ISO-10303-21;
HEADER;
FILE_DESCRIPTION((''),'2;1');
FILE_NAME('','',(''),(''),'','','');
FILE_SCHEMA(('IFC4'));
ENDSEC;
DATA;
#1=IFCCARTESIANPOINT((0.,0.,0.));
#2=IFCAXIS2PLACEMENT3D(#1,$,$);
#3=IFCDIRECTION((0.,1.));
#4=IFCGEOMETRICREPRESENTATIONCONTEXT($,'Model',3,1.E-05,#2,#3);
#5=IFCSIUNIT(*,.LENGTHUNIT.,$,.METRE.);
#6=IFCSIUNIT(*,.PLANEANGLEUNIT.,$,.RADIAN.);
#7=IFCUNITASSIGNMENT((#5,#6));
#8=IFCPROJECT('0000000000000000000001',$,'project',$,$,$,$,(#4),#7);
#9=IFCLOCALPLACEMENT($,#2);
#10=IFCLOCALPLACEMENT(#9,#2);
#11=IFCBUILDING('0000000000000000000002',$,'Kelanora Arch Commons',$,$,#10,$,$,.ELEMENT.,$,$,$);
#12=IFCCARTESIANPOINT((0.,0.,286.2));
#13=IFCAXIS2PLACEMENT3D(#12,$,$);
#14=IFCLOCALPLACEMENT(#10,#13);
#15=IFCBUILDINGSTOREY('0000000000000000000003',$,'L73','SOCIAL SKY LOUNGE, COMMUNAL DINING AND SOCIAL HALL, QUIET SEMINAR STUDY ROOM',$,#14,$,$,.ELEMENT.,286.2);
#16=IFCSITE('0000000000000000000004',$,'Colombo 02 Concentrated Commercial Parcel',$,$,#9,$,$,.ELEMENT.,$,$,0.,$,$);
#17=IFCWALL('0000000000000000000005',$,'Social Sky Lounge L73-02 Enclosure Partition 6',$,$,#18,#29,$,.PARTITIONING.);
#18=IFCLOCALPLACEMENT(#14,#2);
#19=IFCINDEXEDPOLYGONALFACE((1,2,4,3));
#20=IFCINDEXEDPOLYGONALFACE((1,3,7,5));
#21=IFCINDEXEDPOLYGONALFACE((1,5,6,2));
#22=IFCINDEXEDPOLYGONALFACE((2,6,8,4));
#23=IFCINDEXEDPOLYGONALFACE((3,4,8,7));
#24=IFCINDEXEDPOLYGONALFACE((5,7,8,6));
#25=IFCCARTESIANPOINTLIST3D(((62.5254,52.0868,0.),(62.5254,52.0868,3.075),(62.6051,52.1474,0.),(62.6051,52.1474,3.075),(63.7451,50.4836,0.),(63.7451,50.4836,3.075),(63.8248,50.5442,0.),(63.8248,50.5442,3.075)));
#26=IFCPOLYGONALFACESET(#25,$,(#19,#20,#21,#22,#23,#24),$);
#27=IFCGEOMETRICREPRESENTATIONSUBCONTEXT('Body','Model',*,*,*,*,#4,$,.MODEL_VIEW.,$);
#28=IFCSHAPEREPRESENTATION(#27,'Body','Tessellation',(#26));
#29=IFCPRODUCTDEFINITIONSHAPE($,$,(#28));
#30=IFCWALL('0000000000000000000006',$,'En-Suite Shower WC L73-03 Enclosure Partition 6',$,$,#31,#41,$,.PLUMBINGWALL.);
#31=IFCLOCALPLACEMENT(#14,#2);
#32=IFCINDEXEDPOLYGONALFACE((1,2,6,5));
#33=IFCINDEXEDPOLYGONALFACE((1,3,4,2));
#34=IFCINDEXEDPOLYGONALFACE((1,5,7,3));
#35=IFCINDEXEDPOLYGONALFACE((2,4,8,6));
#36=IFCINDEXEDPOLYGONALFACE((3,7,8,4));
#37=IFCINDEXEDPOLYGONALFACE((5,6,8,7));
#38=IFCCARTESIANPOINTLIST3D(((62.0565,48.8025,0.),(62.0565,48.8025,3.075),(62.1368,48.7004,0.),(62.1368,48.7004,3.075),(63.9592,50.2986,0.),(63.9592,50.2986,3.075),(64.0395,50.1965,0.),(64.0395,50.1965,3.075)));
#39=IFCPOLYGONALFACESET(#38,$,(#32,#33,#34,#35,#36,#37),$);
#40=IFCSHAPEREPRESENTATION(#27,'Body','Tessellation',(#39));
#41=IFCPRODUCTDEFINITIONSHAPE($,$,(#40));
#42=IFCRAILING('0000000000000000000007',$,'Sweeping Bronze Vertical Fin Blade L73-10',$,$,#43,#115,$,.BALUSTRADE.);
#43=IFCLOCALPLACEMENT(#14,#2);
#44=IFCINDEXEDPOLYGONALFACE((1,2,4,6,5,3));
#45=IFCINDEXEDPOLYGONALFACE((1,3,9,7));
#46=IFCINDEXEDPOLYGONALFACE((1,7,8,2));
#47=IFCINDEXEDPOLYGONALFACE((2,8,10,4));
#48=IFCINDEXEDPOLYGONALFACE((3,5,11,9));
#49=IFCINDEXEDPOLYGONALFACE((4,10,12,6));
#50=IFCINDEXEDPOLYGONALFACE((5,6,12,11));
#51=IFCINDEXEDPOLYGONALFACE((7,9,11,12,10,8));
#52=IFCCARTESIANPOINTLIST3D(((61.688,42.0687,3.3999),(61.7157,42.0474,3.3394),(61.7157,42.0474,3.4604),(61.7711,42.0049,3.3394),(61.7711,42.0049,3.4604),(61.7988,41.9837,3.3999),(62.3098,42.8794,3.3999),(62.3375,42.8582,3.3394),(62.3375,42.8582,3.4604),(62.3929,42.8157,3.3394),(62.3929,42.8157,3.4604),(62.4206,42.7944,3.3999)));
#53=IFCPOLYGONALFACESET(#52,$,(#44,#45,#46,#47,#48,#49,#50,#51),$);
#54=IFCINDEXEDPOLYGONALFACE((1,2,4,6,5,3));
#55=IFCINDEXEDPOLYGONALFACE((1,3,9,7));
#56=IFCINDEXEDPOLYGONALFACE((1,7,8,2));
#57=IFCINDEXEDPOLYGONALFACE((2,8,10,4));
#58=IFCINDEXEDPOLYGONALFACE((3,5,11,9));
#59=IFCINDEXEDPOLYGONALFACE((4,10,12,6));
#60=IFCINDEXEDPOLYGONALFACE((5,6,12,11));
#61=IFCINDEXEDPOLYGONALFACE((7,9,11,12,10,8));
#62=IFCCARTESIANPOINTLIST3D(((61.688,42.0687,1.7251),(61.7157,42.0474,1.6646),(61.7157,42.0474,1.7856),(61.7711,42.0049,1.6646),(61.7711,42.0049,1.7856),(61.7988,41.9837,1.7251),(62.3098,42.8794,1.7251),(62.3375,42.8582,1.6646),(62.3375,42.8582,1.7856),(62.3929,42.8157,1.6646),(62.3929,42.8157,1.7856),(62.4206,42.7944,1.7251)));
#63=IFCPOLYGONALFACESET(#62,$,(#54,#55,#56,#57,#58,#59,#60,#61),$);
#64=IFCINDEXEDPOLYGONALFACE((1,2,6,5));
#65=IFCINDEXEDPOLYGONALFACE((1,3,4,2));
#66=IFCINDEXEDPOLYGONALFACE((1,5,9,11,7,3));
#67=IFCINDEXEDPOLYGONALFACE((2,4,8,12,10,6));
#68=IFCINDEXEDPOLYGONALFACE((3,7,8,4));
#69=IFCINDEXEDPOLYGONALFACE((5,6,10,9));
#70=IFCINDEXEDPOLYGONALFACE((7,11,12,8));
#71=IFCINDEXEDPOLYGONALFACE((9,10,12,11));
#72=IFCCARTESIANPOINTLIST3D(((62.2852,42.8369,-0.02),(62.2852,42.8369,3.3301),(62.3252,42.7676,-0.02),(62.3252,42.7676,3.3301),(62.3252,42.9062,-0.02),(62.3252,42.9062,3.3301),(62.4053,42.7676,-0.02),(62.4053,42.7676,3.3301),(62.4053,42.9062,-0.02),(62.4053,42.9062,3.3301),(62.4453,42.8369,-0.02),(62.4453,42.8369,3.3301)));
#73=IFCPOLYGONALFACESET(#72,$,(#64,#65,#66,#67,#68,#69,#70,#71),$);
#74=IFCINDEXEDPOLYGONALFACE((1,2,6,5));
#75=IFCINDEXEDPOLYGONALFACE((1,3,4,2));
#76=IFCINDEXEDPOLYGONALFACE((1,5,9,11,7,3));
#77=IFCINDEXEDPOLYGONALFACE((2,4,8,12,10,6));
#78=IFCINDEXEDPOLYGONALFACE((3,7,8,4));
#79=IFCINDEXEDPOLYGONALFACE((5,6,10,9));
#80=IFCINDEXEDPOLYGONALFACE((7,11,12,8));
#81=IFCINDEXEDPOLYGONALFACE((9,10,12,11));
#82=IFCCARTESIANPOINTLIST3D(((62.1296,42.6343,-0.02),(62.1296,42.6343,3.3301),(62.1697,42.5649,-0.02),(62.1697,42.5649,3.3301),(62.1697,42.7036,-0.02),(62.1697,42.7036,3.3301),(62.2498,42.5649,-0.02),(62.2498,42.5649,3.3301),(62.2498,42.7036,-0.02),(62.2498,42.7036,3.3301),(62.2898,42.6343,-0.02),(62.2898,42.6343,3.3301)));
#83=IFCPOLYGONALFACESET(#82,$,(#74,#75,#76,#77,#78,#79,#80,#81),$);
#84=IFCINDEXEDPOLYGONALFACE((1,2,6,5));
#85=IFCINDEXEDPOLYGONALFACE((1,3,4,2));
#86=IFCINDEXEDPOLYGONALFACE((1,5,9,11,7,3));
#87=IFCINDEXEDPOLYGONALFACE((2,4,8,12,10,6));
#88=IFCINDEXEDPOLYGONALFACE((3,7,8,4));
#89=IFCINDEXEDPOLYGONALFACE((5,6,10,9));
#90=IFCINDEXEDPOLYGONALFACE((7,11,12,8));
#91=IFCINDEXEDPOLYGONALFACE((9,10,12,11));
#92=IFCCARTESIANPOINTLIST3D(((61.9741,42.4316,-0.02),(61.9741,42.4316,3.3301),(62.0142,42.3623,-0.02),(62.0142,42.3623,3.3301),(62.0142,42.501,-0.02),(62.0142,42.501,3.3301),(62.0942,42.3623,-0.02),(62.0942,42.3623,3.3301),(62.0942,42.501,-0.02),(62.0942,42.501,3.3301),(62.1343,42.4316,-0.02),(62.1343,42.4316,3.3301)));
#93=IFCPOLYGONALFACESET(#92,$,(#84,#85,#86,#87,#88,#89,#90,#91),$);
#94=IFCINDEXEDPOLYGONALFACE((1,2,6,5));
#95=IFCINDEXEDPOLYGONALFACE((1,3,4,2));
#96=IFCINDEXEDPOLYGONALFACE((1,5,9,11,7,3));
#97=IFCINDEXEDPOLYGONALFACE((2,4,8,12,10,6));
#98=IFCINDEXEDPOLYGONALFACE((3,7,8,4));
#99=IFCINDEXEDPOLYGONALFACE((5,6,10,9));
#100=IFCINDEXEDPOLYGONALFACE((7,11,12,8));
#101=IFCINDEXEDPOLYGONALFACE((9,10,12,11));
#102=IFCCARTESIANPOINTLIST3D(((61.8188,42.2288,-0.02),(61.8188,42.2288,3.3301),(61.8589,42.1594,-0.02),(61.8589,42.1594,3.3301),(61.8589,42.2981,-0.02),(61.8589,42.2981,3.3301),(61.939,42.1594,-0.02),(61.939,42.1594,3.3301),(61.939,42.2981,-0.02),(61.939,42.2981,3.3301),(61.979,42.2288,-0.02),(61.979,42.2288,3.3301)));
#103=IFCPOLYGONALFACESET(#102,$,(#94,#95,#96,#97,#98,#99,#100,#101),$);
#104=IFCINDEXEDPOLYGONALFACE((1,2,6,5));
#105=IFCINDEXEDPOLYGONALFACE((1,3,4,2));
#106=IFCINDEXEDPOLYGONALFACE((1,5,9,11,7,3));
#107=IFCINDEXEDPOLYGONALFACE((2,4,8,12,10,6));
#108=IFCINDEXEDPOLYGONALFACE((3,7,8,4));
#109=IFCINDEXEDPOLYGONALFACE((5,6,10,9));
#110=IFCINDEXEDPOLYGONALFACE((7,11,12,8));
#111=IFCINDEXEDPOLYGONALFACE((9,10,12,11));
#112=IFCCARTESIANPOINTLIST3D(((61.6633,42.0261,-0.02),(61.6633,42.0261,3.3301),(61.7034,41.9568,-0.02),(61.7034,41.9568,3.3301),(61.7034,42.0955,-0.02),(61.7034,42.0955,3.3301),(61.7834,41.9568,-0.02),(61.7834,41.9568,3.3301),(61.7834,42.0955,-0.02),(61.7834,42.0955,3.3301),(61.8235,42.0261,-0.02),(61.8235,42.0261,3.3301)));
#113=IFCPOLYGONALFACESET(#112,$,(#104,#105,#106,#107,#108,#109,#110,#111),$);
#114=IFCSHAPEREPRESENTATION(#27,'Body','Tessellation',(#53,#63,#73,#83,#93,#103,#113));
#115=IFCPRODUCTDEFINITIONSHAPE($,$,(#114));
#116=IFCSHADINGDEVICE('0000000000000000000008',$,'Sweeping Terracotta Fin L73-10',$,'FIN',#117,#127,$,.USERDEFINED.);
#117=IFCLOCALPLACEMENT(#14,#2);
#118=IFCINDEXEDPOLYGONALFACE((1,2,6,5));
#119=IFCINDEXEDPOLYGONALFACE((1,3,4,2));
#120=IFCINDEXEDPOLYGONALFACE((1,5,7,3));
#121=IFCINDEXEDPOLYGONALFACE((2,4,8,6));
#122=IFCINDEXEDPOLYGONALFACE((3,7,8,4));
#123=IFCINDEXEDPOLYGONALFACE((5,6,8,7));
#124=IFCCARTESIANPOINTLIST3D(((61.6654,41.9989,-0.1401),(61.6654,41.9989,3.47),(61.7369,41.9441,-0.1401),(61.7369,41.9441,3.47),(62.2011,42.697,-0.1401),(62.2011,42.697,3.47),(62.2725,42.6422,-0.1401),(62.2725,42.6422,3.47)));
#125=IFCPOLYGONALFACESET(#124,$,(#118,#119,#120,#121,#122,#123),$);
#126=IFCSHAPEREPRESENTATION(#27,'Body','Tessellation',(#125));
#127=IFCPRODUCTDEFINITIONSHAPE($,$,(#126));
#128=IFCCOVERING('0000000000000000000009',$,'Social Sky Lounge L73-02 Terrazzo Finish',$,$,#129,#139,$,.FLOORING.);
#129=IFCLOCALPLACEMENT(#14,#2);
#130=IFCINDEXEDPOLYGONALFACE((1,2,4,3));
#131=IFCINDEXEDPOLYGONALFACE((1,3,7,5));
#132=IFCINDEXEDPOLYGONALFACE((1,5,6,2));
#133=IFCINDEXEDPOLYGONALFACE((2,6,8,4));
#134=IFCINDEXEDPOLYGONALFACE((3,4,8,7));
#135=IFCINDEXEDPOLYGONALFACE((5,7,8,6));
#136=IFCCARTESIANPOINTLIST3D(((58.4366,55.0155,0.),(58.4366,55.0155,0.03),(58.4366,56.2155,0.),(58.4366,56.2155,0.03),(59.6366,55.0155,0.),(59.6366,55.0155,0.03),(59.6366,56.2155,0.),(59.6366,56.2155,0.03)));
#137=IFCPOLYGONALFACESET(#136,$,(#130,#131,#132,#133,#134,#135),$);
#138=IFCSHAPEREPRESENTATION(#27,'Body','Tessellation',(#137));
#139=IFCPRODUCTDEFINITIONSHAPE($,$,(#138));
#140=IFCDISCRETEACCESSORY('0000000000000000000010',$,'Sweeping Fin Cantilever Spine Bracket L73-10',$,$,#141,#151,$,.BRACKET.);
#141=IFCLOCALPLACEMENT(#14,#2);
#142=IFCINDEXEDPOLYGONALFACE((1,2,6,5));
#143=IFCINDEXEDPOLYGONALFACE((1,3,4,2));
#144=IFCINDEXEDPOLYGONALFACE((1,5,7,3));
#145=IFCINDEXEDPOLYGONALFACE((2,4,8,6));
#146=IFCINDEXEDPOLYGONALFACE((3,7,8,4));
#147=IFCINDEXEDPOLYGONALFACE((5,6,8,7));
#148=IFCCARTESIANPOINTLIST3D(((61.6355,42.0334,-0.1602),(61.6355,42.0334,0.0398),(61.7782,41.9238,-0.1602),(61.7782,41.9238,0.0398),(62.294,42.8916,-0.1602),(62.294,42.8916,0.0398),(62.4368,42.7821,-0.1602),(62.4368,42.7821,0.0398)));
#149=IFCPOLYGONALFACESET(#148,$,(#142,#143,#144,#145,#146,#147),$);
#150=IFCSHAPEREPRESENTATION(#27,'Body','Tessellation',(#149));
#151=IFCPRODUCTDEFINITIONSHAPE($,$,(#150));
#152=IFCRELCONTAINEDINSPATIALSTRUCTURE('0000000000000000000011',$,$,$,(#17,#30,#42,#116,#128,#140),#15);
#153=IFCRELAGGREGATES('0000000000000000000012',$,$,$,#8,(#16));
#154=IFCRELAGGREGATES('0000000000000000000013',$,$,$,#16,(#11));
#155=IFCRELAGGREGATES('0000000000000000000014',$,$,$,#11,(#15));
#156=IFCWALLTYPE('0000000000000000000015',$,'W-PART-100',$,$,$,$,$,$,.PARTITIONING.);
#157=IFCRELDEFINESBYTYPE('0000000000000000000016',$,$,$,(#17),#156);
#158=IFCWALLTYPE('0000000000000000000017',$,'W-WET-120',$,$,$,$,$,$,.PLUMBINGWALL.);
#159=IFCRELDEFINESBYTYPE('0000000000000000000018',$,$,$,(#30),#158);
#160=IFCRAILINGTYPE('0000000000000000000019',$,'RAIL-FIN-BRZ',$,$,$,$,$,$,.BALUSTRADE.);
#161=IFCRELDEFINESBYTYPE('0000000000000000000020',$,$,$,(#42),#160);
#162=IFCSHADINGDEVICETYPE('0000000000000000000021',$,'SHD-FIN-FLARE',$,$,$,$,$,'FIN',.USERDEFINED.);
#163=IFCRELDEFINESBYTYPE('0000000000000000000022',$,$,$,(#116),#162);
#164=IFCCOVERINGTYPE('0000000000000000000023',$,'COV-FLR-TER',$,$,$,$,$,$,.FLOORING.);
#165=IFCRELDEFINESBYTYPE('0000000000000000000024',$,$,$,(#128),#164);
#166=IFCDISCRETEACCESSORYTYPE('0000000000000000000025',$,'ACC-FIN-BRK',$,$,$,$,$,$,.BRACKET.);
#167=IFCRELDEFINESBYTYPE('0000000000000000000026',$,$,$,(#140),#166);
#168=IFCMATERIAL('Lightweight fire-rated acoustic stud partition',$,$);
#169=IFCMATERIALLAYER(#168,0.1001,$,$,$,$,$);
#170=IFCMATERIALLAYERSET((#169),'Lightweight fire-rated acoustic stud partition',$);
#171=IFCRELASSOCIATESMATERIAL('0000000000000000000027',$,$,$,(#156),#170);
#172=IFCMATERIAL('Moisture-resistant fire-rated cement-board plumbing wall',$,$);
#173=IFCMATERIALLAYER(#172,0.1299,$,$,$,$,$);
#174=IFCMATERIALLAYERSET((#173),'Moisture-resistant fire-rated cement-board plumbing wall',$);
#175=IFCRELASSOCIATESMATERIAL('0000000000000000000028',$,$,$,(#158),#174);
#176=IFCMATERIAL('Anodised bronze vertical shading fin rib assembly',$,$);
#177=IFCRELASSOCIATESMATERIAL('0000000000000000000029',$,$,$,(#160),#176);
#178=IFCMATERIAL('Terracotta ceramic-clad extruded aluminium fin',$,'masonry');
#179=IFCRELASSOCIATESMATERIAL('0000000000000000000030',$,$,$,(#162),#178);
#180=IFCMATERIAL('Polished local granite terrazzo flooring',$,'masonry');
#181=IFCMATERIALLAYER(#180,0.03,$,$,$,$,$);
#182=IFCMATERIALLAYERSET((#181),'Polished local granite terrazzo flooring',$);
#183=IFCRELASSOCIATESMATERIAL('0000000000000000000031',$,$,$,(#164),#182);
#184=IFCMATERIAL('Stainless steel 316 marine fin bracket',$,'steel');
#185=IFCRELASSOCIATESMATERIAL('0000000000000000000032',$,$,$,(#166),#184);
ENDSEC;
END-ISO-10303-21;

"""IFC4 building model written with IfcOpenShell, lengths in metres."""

from ifc_helpers import new_model, si_unit, direction, frame, frame_2d, origin, origin_2d, place, context, subcontext, project, spatial, polyline, rectangle, outline, extrude, source, transform, mapped, material, layer, layer_set, type_object, element, save


model = new_model("IFC4")

# Units and contexts
model_context = context("Model", 3, precision=1e-05, world=origin(), true_north=direction((0.0, 1.0)))
body_context = subcontext(model_context, "Body", "Model", "MODEL_VIEW")
ifc_project = project(units=[si_unit("LENGTHUNIT", "METRE"), si_unit("PLANEANGLEUNIT", "RADIAN")], contexts=[model_context])

# Site, building, storey
site_placement = place(None, origin())
site = spatial("IfcSite", under=ifc_project, at=site_placement, Name="Colombo 02 Concentrated Commercial Parcel", CompositionType="ELEMENT", RefElevation=0.0)
building_placement = place(site_placement, origin())
building = spatial("IfcBuilding", under=site, at=building_placement, Name="Kelanora Arch Commons", CompositionType="ELEMENT")
storey_placement = place(building_placement, frame((0.0, 0.0, 286.2)))
storey = spatial("IfcBuildingStorey", under=building, at=storey_placement, Name="L73", Description="SOCIAL SKY LOUNGE, COMMUNAL DINING AND SOCIAL HALL, QUIET SEMINAR STUDY ROOM", CompositionType="ELEMENT", Elevation=286.2)

# Walls
ifc_material_1 = material(Name="Lightweight fire-rated acoustic stud partition")
ifc_layer_1 = layer(ifc_material_1, 0.1001)
ifc_layer_set_1 = layer_set([ifc_layer_1], Name="Lightweight fire-rated acoustic stud partition")
wall_type_1 = type_object("IfcWallType", Name="W-PART-100", PredefinedType="PARTITIONING", material=ifc_layer_set_1)
wall_1_placement = place(storey_placement, frame((62.5652, 52.1172, 0.0), z_axis=(0.0, 0.0, 1.0), x_axis=(0.605473, -0.795866, 0.0)))
element("IfcWall", 1, at=wall_1_placement, inside=storey, type_object=wall_type_1, Name="Social Sky Lounge L73-02 Enclosure Partition 6", PredefinedType="PARTITIONING", context=body_context, shape_type="SweptSolid", body=[
    extrude(rectangle(XDim=2.0144, YDim=0.1001, at=frame_2d((1.0073, 0.0))), origin(), (0.0, 0.0, 1.0), 3.075),
])
ifc_material_2 = material(Name="Moisture-resistant fire-rated cement-board plumbing wall")
ifc_layer_2 = layer(ifc_material_2, 0.1299)
ifc_layer_set_2 = layer_set([ifc_layer_2], Name="Moisture-resistant fire-rated cement-board plumbing wall")
wall_type_2 = type_object("IfcWallType", Name="W-WET-120", PredefinedType="PLUMBINGWALL", material=ifc_layer_set_2)
wall_2_placement = place(storey_placement, frame((62.0967, 48.7515, 0.0), z_axis=(0.0, 0.0, 1.0), x_axis=(0.786077, 0.618129, 0.0)))
element("IfcWall", 2, at=wall_2_placement, inside=storey, type_object=wall_type_2, Name="En-Suite Shower WC L73-03 Enclosure Partition 6", PredefinedType="PLUMBINGWALL", context=body_context, shape_type="SweptSolid", body=[
    extrude(rectangle(XDim=2.4204, YDim=0.1299, at=frame_2d((1.2102, 0.0))), origin(), (0.0, 0.0, 1.0), 3.075),
])

# Railing
ifc_material_3 = material(Name="Anodised bronze vertical shading fin rib assembly")
railing_type = type_object("IfcRailingType", Name="RAIL-FIN-BRZ", PredefinedType="BALUSTRADE", material=ifc_material_3)
railing_placement = place(storey_placement, frame((62.3652, 42.8369, -0.02)))
element("IfcRailing", 3, at=railing_placement, inside=storey, type_object=railing_type, Name="Sweeping Bronze Vertical Fin Blade L73-10", PredefinedType="BALUSTRADE", context=body_context, shape_type="SweptSolid", body=[
    extrude(outline(polyline([(0.0698, 0.0), (0.0349, 0.0605), (-0.0349, 0.0605), (-0.0698, 0.0), (-0.0349, -0.0605), (0.0349, -0.0605), (0.0698, 0.0)])), frame((0.0, 0.0, 3.4199), z_axis=(-0.608567, -0.793503, 0.0), x_axis=(0.793503, -0.608567, 0.0)), (0.0, 0.0, 1.0), 1.0217),
    extrude(outline(polyline([(0.0698, 0.0), (0.0349, 0.0605), (-0.0349, 0.0605), (-0.0698, 0.0), (-0.0349, -0.0605), (0.0349, -0.0605), (0.0698, 0.0)])), frame((0.0, 0.0, 1.7451), z_axis=(-0.608567, -0.793503, 0.0), x_axis=(0.793503, -0.608567, 0.0)), (0.0, 0.0, 1.0), 1.0217),
    extrude(outline(polyline([(0.0801, 0.0), (0.04, 0.0693), (-0.04, 0.0693), (-0.0801, 0.0), (-0.04, -0.0693), (0.04, -0.0693), (0.0801, 0.0)])), origin(), (0.0, 0.0, 1.0), 3.3501),
    extrude(outline(polyline([(0.0801, 0.0), (0.04, 0.0693), (-0.04, 0.0693), (-0.0801, 0.0), (-0.04, -0.0693), (0.04, -0.0693), (0.0801, 0.0)])), frame((-0.1555, -0.2026, 0.0)), (0.0, 0.0, 1.0), 3.3501),
    extrude(outline(polyline([(0.0801, 0.0), (0.04, 0.0693), (-0.04, 0.0693), (-0.0801, 0.0), (-0.04, -0.0693), (0.04, -0.0693), (0.0801, 0.0)])), frame((-0.311, -0.4053, 0.0)), (0.0, 0.0, 1.0), 3.3501),
    extrude(outline(polyline([(0.0801, 0.0), (0.04, 0.0693), (-0.04, 0.0693), (-0.0801, 0.0), (-0.04, -0.0693), (0.04, -0.0693), (0.0801, 0.0)])), frame((-0.4663, -0.6082, 0.0)), (0.0, 0.0, 1.0), 3.3501),
    extrude(outline(polyline([(0.0801, 0.0), (0.04, 0.0693), (-0.04, 0.0693), (-0.0801, 0.0), (-0.04, -0.0693), (0.04, -0.0693), (0.0801, 0.0)])), frame((-0.6218, -0.8108, 0.0)), (0.0, 0.0, 1.0), 3.3501),
])

# Shading device
ifc_material_4 = material(Name="Terracotta ceramic-clad extruded aluminium fin", Category="masonry")
shading_device_type = type_object("IfcShadingDeviceType", Name="SHD-FIN-FLARE", ElementType="FIN", PredefinedType="USERDEFINED", material=ifc_material_4)
shared_shape_1 = source(origin(), body_context, "Body", "SweptSolid", [
    extrude(rectangle(XDim=0.8799, YDim=0.0901, at=origin_2d()), origin(), (0.0, 0.0, 1.0), 3.6101),
])
shading_device_placement = place(storey_placement, frame((61.969, 42.3206, -0.1401), z_axis=(0.0, 0.0, 1.0), x_axis=(-0.608761, -0.793353, 0.0)))
element("IfcShadingDevice", 4, at=shading_device_placement, inside=storey, type_object=shading_device_type, Name="Sweeping Terracotta Fin L73-10", ObjectType="FIN", PredefinedType="USERDEFINED", context=body_context, shape_type="MappedRepresentation", body=[
    mapped(shared_shape_1, transform((0.0, 0.0, 0.0), scale=1.0)),
])

# Covering
ifc_material_5 = material(Name="Polished local granite terrazzo flooring", Category="masonry")
ifc_layer_3 = layer(ifc_material_5, 0.03)
ifc_layer_set_3 = layer_set([ifc_layer_3], Name="Polished local granite terrazzo flooring")
covering_type = type_object("IfcCoveringType", Name="COV-FLR-TER", PredefinedType="FLOORING", material=ifc_layer_set_3)
shared_shape_2 = source(origin(), body_context, "Body", "SweptSolid", [
    extrude(rectangle(XDim=1.2, YDim=1.2, at=origin_2d()), origin(), (0.0, 0.0, 1.0), 0.03),
])
covering_placement = place(storey_placement, frame((59.0366, 55.6155, 0.0), z_axis=(0.0, 0.0, 1.0), x_axis=(1.0, 0.0, 0.0)))
element("IfcCovering", 5, at=covering_placement, inside=storey, type_object=covering_type, Name="Social Sky Lounge L73-02 Terrazzo Finish", PredefinedType="FLOORING", context=body_context, shape_type="MappedRepresentation", body=[
    mapped(shared_shape_2, transform((0.0, 0.0, 0.0), scale=1.0)),
])

# Discrete accessory
ifc_material_6 = material(Name="Stainless steel 316 marine fin bracket", Category="steel")
discrete_accessory_type = type_object("IfcDiscreteAccessoryType", Name="ACC-FIN-BRK", PredefinedType="BRACKET", material=ifc_material_6)
shared_shape_3 = source(origin(), body_context, "Body", "SweptSolid", [
    extrude(rectangle(XDim=1.0818, YDim=0.1799, at=origin_2d()), origin(), (0.0, 0.0, 1.0), 0.2),
])
discrete_accessory_placement = place(storey_placement, frame((62.0361, 42.4077, -0.1602), z_axis=(0.0, 0.0, 1.0), x_axis=(-0.608761, -0.793353, 0.0)))
element("IfcDiscreteAccessory", 6, at=discrete_accessory_placement, inside=storey, type_object=discrete_accessory_type, Name="Sweeping Fin Cantilever Spine Bracket L73-10", PredefinedType="BRACKET", context=body_context, shape_type="MappedRepresentation", body=[
    mapped(shared_shape_3, transform((0.0, 0.0, 0.0), scale=1.0)),
])

save(model, "model.ifc")
